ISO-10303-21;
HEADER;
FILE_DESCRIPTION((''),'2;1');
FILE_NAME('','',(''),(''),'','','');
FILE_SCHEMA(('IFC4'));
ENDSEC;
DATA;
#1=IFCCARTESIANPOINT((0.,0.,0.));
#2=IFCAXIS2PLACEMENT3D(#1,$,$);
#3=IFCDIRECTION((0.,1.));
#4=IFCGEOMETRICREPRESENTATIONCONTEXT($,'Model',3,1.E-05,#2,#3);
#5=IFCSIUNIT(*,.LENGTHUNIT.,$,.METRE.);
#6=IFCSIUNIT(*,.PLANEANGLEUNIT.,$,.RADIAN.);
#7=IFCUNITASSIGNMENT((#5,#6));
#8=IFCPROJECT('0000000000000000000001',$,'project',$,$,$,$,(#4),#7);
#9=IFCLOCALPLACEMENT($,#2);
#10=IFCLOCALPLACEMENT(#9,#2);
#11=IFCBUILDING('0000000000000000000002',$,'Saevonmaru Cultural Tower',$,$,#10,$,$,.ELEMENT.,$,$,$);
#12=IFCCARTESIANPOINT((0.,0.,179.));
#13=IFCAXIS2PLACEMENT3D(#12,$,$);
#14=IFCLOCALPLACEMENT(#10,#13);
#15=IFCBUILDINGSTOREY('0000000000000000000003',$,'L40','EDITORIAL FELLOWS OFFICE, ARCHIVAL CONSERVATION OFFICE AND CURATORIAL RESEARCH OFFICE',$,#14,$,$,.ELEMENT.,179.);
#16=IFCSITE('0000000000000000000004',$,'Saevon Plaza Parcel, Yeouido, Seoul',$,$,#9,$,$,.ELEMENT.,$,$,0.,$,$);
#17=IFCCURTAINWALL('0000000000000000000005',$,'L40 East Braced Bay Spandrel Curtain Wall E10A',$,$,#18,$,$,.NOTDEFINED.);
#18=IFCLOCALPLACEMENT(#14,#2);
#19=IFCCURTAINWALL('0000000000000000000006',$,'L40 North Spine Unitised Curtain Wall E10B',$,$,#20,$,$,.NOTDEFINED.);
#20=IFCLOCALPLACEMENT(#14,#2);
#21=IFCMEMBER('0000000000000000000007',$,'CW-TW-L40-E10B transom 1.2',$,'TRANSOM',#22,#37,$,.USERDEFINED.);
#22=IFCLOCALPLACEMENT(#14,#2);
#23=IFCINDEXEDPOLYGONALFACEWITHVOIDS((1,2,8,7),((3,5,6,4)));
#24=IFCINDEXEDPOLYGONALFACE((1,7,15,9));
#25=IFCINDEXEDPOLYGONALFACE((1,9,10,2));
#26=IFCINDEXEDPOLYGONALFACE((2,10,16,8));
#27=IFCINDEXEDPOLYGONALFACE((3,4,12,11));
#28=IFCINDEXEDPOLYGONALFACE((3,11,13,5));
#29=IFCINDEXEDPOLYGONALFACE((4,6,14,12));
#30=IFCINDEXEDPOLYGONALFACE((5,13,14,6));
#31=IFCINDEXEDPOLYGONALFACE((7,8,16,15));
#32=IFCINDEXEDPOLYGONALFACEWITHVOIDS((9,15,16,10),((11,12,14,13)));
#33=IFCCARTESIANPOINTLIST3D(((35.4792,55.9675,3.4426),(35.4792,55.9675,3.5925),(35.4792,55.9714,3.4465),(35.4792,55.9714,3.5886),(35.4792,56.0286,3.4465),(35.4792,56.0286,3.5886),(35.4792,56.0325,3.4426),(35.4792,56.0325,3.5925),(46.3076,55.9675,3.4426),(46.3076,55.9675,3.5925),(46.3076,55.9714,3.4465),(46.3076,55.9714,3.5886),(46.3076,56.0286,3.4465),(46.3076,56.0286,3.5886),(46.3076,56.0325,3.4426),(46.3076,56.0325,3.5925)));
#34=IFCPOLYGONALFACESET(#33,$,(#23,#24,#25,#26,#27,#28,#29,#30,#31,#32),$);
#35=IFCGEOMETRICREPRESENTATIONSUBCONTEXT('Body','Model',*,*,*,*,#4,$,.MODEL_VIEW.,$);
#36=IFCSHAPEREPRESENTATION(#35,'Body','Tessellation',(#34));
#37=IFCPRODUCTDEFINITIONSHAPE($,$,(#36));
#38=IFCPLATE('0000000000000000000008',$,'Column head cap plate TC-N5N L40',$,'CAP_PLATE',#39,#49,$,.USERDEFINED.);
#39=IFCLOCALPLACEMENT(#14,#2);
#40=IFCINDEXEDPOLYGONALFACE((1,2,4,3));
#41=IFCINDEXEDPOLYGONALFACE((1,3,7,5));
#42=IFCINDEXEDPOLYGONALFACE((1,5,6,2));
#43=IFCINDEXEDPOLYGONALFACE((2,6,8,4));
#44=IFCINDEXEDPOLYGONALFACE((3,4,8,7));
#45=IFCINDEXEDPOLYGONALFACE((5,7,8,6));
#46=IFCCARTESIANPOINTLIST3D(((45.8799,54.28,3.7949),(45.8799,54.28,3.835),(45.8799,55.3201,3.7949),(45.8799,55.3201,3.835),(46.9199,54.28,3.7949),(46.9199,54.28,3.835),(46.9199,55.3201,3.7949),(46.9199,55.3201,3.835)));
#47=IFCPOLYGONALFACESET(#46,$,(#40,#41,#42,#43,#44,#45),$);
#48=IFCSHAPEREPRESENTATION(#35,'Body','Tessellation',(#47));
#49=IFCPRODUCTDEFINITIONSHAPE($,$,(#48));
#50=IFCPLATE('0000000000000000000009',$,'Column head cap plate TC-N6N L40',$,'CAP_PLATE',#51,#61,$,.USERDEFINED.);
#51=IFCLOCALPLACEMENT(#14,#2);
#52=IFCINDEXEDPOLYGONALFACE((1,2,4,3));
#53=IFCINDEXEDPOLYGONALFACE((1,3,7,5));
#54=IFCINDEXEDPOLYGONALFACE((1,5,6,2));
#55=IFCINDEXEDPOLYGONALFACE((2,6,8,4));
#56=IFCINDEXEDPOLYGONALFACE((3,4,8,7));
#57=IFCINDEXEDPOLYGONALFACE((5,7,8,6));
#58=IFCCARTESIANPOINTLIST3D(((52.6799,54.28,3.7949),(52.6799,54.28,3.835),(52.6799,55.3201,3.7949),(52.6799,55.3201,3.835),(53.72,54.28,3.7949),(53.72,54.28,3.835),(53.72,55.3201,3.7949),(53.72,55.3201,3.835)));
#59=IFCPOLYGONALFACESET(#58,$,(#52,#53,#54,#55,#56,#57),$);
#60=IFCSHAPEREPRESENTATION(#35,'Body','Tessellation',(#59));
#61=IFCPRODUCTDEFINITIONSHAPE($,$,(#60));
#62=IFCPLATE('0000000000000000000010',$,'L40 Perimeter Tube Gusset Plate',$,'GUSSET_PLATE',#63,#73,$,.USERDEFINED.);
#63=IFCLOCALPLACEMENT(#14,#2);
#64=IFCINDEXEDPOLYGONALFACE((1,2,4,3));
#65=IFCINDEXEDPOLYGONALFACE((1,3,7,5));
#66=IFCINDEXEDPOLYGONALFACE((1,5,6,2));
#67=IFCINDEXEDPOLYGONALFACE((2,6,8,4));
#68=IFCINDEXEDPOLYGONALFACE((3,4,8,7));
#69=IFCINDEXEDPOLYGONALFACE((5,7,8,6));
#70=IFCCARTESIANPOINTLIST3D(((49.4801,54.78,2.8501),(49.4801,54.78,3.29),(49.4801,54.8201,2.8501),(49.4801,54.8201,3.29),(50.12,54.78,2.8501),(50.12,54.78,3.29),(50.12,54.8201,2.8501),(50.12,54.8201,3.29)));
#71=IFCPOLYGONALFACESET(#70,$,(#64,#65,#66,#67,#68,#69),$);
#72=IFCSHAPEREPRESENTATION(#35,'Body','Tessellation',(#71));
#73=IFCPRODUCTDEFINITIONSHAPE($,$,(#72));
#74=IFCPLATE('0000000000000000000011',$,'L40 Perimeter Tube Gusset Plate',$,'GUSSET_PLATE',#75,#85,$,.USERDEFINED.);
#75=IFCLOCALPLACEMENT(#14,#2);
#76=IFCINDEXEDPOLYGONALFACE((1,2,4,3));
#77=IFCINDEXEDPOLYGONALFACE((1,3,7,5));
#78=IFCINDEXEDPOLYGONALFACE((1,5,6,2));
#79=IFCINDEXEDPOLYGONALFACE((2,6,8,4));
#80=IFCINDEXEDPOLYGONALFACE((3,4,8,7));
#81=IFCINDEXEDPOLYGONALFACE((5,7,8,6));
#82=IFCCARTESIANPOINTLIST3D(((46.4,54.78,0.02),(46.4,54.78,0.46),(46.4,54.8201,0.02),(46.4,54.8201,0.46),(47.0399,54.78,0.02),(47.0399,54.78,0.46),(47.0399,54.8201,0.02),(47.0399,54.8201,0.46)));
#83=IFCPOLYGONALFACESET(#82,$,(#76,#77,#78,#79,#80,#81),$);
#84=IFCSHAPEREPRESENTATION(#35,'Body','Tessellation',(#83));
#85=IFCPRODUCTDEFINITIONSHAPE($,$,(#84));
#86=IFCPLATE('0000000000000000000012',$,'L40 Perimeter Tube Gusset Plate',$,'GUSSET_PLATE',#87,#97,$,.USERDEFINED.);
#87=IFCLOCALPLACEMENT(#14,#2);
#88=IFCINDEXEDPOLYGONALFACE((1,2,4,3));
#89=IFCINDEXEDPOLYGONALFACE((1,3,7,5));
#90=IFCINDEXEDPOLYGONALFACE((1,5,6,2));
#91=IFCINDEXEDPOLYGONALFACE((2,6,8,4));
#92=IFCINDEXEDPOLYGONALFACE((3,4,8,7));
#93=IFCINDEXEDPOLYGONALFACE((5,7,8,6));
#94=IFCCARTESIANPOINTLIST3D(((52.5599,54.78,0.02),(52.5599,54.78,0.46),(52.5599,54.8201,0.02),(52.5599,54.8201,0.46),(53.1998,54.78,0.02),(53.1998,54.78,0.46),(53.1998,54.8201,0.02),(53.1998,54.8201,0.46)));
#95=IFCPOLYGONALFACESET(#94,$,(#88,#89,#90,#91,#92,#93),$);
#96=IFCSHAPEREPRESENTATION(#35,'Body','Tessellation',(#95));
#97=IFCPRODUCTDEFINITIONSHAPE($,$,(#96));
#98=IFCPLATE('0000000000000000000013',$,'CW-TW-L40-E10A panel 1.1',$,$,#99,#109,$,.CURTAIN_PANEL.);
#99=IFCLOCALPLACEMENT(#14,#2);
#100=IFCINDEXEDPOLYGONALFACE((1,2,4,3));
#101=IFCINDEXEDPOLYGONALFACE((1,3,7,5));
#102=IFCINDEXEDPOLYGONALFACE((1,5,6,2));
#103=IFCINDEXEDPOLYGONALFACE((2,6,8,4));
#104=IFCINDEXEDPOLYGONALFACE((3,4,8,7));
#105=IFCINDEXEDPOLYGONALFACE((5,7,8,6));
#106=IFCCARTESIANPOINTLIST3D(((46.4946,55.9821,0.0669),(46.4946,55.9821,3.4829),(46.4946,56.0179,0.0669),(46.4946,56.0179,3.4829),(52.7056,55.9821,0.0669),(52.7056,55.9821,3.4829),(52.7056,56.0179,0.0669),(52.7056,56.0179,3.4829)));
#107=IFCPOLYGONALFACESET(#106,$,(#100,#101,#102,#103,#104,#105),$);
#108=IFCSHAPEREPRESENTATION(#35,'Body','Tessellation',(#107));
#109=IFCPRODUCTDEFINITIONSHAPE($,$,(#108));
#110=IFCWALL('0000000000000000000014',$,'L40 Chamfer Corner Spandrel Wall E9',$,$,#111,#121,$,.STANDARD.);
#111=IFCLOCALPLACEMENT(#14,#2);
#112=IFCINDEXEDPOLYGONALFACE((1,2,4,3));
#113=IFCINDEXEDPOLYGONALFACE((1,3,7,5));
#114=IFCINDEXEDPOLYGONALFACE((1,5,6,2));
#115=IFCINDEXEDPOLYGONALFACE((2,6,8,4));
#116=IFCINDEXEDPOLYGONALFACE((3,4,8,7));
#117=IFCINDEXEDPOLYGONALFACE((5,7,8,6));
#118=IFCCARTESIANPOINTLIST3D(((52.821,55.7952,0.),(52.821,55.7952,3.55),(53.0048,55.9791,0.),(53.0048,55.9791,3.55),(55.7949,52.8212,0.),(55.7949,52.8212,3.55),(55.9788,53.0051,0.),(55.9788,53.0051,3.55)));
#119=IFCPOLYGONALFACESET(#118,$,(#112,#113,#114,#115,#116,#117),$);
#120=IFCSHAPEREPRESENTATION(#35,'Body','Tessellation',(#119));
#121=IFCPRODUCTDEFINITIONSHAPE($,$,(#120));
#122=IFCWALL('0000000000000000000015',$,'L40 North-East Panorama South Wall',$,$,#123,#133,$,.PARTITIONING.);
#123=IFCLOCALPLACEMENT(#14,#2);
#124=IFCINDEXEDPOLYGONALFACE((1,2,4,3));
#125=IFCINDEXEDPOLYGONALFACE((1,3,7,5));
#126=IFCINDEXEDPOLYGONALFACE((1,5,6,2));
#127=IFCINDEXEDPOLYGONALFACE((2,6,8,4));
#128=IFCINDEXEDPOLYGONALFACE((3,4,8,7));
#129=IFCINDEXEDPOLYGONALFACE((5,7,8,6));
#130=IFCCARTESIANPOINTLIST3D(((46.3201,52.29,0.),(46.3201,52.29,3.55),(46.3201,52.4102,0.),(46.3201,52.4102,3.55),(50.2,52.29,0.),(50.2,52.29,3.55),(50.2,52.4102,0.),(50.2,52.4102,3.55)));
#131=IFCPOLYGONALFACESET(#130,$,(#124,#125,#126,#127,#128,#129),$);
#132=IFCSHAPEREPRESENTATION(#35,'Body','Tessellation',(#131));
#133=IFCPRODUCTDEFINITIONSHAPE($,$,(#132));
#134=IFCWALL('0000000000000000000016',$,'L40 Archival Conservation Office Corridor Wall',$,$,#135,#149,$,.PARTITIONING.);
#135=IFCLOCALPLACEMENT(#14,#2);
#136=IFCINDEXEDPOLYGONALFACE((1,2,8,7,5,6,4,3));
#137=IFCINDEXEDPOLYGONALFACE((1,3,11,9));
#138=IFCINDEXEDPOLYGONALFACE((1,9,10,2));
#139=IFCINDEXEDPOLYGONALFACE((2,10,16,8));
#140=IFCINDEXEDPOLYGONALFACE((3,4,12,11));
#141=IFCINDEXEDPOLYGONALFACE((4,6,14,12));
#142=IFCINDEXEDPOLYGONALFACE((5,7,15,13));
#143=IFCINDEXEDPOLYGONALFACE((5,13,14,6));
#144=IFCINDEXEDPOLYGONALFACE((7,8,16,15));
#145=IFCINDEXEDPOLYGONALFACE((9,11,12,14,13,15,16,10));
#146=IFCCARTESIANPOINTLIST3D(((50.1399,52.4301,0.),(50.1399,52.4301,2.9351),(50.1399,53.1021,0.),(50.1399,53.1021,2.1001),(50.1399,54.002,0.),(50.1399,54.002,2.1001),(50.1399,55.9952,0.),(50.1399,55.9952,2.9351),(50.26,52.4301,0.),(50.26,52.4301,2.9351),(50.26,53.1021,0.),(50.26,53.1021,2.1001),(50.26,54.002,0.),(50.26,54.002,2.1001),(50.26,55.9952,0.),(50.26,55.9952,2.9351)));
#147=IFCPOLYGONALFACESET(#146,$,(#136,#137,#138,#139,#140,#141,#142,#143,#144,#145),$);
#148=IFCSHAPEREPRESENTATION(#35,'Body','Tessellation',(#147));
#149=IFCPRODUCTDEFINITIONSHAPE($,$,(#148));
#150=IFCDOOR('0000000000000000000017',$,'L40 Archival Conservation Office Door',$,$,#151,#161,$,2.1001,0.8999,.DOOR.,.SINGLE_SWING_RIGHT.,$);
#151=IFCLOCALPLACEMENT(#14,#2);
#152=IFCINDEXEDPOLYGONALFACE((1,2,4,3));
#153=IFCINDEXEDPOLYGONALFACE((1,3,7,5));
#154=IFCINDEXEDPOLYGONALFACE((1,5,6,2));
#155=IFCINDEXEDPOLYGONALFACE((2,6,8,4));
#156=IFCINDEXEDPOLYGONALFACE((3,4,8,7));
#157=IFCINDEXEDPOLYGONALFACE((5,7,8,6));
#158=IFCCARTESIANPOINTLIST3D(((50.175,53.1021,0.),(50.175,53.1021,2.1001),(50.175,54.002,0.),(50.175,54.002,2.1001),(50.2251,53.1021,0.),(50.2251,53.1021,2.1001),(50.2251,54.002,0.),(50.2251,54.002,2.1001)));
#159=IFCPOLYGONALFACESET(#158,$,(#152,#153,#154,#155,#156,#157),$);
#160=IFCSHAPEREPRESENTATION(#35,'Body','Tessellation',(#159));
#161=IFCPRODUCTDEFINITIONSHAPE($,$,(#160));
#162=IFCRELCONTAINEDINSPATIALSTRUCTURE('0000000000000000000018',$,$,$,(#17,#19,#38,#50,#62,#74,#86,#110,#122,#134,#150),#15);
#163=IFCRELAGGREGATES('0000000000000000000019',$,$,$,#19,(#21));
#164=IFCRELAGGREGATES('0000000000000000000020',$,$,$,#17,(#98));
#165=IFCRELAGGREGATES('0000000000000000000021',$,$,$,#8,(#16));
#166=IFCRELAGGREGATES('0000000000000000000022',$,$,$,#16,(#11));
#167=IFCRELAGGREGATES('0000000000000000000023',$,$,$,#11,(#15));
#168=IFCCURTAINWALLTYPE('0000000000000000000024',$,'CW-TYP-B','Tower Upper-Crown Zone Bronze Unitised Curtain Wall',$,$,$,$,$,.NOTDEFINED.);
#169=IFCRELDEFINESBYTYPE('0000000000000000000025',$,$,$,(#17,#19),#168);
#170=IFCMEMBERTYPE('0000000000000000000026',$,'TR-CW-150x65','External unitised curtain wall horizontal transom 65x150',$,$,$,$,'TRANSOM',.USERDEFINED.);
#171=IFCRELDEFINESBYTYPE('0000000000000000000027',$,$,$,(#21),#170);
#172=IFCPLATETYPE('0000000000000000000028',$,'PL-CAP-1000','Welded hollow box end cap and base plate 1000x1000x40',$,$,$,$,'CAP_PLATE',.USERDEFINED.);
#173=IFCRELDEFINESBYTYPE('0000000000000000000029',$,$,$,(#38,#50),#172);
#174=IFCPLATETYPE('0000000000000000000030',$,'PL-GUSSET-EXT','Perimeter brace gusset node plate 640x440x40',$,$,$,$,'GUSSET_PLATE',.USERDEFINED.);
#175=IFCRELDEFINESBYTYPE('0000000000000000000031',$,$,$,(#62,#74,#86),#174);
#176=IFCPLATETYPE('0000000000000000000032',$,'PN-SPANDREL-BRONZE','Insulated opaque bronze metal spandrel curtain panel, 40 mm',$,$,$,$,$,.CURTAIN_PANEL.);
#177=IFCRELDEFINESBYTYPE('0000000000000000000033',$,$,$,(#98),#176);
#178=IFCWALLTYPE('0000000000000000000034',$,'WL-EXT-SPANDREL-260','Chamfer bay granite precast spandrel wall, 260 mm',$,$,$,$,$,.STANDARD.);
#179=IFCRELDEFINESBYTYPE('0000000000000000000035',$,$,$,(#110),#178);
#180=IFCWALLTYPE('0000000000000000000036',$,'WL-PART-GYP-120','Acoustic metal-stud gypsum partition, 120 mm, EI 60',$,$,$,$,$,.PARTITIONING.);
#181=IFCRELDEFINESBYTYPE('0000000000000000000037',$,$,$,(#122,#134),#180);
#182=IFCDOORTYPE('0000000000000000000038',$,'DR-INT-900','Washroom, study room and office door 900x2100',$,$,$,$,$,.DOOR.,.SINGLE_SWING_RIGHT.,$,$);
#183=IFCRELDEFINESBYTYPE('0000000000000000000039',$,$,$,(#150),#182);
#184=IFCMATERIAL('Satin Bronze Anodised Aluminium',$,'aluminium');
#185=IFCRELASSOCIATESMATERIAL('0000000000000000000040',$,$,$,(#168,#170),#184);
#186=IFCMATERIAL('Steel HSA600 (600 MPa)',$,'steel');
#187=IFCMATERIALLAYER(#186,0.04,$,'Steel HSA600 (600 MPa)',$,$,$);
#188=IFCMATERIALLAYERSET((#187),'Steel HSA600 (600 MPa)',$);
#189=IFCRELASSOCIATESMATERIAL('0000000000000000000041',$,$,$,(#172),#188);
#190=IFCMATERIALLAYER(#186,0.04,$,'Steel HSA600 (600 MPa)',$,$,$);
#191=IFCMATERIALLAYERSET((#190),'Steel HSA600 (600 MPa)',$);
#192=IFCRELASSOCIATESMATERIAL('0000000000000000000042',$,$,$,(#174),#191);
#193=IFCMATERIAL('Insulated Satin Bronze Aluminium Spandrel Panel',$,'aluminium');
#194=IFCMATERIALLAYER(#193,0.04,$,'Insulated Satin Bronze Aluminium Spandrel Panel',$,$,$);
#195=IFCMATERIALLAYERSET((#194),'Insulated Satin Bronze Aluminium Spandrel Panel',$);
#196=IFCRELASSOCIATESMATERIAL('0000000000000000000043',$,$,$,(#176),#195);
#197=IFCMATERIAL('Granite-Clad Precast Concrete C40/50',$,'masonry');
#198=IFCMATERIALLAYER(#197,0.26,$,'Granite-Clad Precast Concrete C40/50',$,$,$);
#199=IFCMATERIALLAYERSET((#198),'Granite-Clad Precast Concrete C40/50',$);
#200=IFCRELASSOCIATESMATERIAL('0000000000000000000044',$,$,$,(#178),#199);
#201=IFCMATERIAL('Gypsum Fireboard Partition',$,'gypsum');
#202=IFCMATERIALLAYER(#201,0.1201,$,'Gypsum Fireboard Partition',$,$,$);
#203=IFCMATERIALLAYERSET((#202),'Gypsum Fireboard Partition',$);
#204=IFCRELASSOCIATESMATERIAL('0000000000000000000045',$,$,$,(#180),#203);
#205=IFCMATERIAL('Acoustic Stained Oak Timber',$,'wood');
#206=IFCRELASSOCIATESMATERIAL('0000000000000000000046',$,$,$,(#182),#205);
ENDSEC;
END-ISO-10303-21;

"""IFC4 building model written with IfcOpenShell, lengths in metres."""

from ifc_helpers import new_model, si_unit, direction, frame, frame_2d, origin, origin_2d, place, context, subcontext, project, spatial, rectangle, hollow_rectangle, extrude, material, layer, layer_set, material_profile, profile_set, type_object, element, fill, aggregate, save


model = new_model("IFC4")

# Units and contexts
model_context = context("Model", 3, precision=1e-05, world=origin(), true_north=direction((0.0, 1.0)))
body_context = subcontext(model_context, "Body", "Model", "MODEL_VIEW")
ifc_project = project(units=[si_unit("LENGTHUNIT", "METRE"), si_unit("PLANEANGLEUNIT", "RADIAN")], contexts=[model_context])

# Site, building, storey
site_placement = place(None, origin())
site = spatial("IfcSite", under=ifc_project, at=site_placement, Name="Saevon Plaza Parcel, Yeouido, Seoul", CompositionType="ELEMENT", RefElevation=0.0)
building_placement = place(site_placement, origin())
building = spatial("IfcBuilding", under=site, at=building_placement, Name="Saevonmaru Cultural Tower", CompositionType="ELEMENT")
storey_placement = place(building_placement, frame((0.0, 0.0, 179.0)))
storey = spatial("IfcBuildingStorey", under=building, at=storey_placement, Name="L40", Description="EDITORIAL FELLOWS OFFICE, ARCHIVAL CONSERVATION OFFICE AND CURATORIAL RESEARCH OFFICE", CompositionType="ELEMENT", Elevation=179.0)

# Shared definitions
ifc_material_1 = material(Name="Satin Bronze Anodised Aluminium", Category="aluminium")
curtain_wall_type = type_object("IfcCurtainWallType", Name="CW-TYP-B", Description="Tower Upper-Crown Zone Bronze Unitised Curtain Wall", PredefinedType="NOTDEFINED", material=ifc_material_1)

# Curtain wall
curtain_wall_1_placement = place(storey_placement, origin())
curtain_wall_1 = element("IfcCurtainWall", 1, at=curtain_wall_1_placement, inside=storey, type_object=curtain_wall_type, Name="L40 East Braced Bay Spandrel Curtain Wall E10A", PredefinedType="NOTDEFINED")

# Curtain wall
curtain_wall_2_placement = place(storey_placement, origin())
curtain_wall_2 = element("IfcCurtainWall", 2, at=curtain_wall_2_placement, inside=storey, type_object=curtain_wall_type, Name="L40 North Spine Unitised Curtain Wall E10B", PredefinedType="NOTDEFINED")

# Member
ifc_material_profile_1 = material_profile(ifc_material_1, hollow_rectangle(XDim=0.0649, YDim=0.1499, WallThickness=0.0039, at=origin_2d()), Name="ALU-TRAN-150x65x4")
ifc_profile_set_1 = profile_set([ifc_material_profile_1], Name="Satin Bronze Anodised Aluminium")
member_type_1 = type_object("IfcMemberType", Name="TR-CW-150x65", Description="External unitised curtain wall horizontal transom 65x150", ElementType="TRANSOM", PredefinedType="USERDEFINED", material=ifc_profile_set_1)
member_1_placement = place(storey_placement, frame((46.3076, 56.0, 3.5176), z_axis=(-1.0, 0.0, 0.0), x_axis=(0.0, -1.0, 0.0)))
member_1 = element("IfcMember", 3, at=member_1_placement, type_object=member_type_1, Name="CW-TW-L40-E10B transom 1.2", ObjectType="TRANSOM", PredefinedType="USERDEFINED", context=body_context, shape_type="SweptSolid", body=[
    extrude(hollow_rectangle(XDim=0.0649, YDim=0.1499, WallThickness=0.0039, at=origin_2d()), origin(), (0.0, 0.0, 1.0), 10.8284),
])
aggregate(curtain_wall_2, [member_1])

# Plates
ifc_material_2 = material(Name="Steel HSA600 (600 MPa)", Category="steel")
ifc_layer_1 = layer(ifc_material_2, 0.04, Name="Steel HSA600 (600 MPa)")
ifc_layer_set_1 = layer_set([ifc_layer_1], Name="Steel HSA600 (600 MPa)")
plate_type_1 = type_object("IfcPlateType", Name="PL-CAP-1000", Description="Welded hollow box end cap and base plate 1000x1000x40", ElementType="CAP_PLATE", PredefinedType="USERDEFINED", material=ifc_layer_set_1)
for number, where, z_axis, x_axis, name in (
    (4, (46.3999, 54.8, 3.7949), (0.0, 0.0, 1.0), (1.0, 0.0, 0.0), "Column head cap plate TC-N5N L40"),
    (5, (53.2, 54.8, 3.7949), (0.0, 0.0, 1.0), (1.0, 0.0, 0.0), "Column head cap plate TC-N6N L40"),
):
    element("IfcPlate", number, at=place(storey_placement, frame(where, z_axis=z_axis, x_axis=x_axis)), inside=storey, type_object=plate_type_1, Name=name, ObjectType="CAP_PLATE", PredefinedType="USERDEFINED", context=body_context, shape_type="SweptSolid", body=[
        extrude(rectangle(XDim=1.04, YDim=1.04, at=origin_2d()), origin(), (0.0, 0.0, 1.0), 0.04),
    ])
ifc_layer_2 = layer(ifc_material_2, 0.04, Name="Steel HSA600 (600 MPa)")
ifc_layer_set_2 = layer_set([ifc_layer_2], Name="Steel HSA600 (600 MPa)")
plate_type_2 = type_object("IfcPlateType", Name="PL-GUSSET-EXT", Description="Perimeter brace gusset node plate 640x440x40", ElementType="GUSSET_PLATE", PredefinedType="USERDEFINED", material=ifc_layer_set_2)
for number, where, z_axis, x_axis, name in (
    (6, (49.8, 54.8, 2.8501), (0.0, 0.0, 1.0), (1.0, 0.0, 0.0), "L40 Perimeter Tube Gusset Plate"),
    (7, (46.72, 54.8, 0.02), (0.0, 0.0, 1.0), (1.0, 0.0, 0.0), "L40 Perimeter Tube Gusset Plate"),
    (8, (52.8799, 54.8, 0.02), (0.0, 0.0, 1.0), (1.0, 0.0, 0.0), "L40 Perimeter Tube Gusset Plate"),
):
    element("IfcPlate", number, at=place(storey_placement, frame(where, z_axis=z_axis, x_axis=x_axis)), inside=storey, type_object=plate_type_2, Name=name, ObjectType="GUSSET_PLATE", PredefinedType="USERDEFINED", context=body_context, shape_type="SweptSolid", body=[
        extrude(rectangle(XDim=0.6399, YDim=0.04, at=origin_2d()), origin(), (0.0, 0.0, 1.0), 0.4399),
    ])

# Plate
ifc_material_3 = material(Name="Insulated Satin Bronze Aluminium Spandrel Panel", Category="aluminium")
ifc_layer_3 = layer(ifc_material_3, 0.04, Name="Insulated Satin Bronze Aluminium Spandrel Panel")
ifc_layer_set_3 = layer_set([ifc_layer_3], Name="Insulated Satin Bronze Aluminium Spandrel Panel")
plate_type_3 = type_object("IfcPlateType", Name="PN-SPANDREL-BRONZE", Description="Insulated opaque bronze metal spandrel curtain panel, 40 mm", PredefinedType="CURTAIN_PANEL", material=ifc_layer_set_3)
plate_placement = place(storey_placement, frame((49.6001, 56.0, 0.0669), z_axis=(0.0, 0.0, 1.0), x_axis=(-1.0, 0.0, 0.0)))
plate = element("IfcPlate", 9, at=plate_placement, type_object=plate_type_3, Name="CW-TW-L40-E10A panel 1.1", PredefinedType="CURTAIN_PANEL", context=body_context, shape_type="SweptSolid", body=[
    extrude(rectangle(XDim=6.2109, YDim=0.0359, at=origin_2d()), origin(), (0.0, 0.0, 1.0), 3.416),
])
aggregate(curtain_wall_1, [plate])

# Walls
ifc_material_4 = material(Name="Granite-Clad Precast Concrete C40/50", Category="masonry")
ifc_layer_4 = layer(ifc_material_4, 0.26, Name="Granite-Clad Precast Concrete C40/50")
ifc_layer_set_4 = layer_set([ifc_layer_4], Name="Granite-Clad Precast Concrete C40/50")
wall_type_1 = type_object("IfcWallType", Name="WL-EXT-SPANDREL-260", Description="Chamfer bay granite precast spandrel wall, 260 mm", PredefinedType="STANDARD", material=ifc_layer_set_4)
wall_1_placement = place(storey_placement, frame((55.887, 52.9131, 0.0), z_axis=(0.0, 0.0, 1.0), x_axis=(-0.707107, 0.707107, 0.0)))
element("IfcWall", 10, at=wall_1_placement, inside=storey, type_object=wall_type_1, Name="L40 Chamfer Corner Spandrel Wall E9", PredefinedType="STANDARD", context=body_context, shape_type="SweptSolid", body=[
    extrude(rectangle(XDim=4.2058, YDim=0.26, at=frame_2d((2.103, 0.0))), origin(), (0.0, 0.0, 1.0), 3.55),
])
ifc_material_5 = material(Name="Gypsum Fireboard Partition", Category="gypsum")
ifc_layer_5 = layer(ifc_material_5, 0.1201, Name="Gypsum Fireboard Partition")
ifc_layer_set_5 = layer_set([ifc_layer_5], Name="Gypsum Fireboard Partition")
wall_type_2 = type_object("IfcWallType", Name="WL-PART-GYP-120", Description="Acoustic metal-stud gypsum partition, 120 mm, EI 60", PredefinedType="PARTITIONING", material=ifc_layer_set_5)
wall_2_placement = place(storey_placement, frame((46.3201, 52.3501, 0.0), z_axis=(0.0, 0.0, 1.0), x_axis=(1.0, 0.0, 0.0)))
element("IfcWall", 11, at=wall_2_placement, inside=storey, type_object=wall_type_2, Name="L40 North-East Panorama South Wall", PredefinedType="PARTITIONING", context=body_context, shape_type="SweptSolid", body=[
    extrude(rectangle(XDim=3.8799, YDim=0.1201, at=frame_2d((1.9399, 0.0))), origin(), (0.0, 0.0, 1.0), 3.55),
])

# Wall, opening, door
wall_3_placement = place(storey_placement, frame((50.2, 52.4299, 0.0), z_axis=(0.0, 0.0, 1.0), x_axis=(0.0, 1.0, 0.0)))
wall_3 = element("IfcWall", 12, at=wall_3_placement, inside=storey, type_object=wall_type_2, Name="L40 Archival Conservation Office Corridor Wall", PredefinedType="PARTITIONING", context=body_context, shape_type="SweptSolid", body=[
    extrude(rectangle(XDim=3.5652, YDim=0.1201, at=frame_2d((1.7827, 0.0))), origin(), (0.0, 0.0, 1.0), 2.9351),
])
opening_placement = place(wall_3_placement, frame((0.6721, 0.0, 0.0)))
opening = element("IfcOpeningElement", 13, at=opening_placement, cuts=wall_3, PredefinedType="OPENING", context=body_context, shape_type="SweptSolid", body=[
    extrude(rectangle(XDim=0.8999, YDim=2.1001, at=frame_2d((0.45, 1.05))), frame((0.0, 0.0701, 0.0), z_axis=(0.0, -1.0, 0.0), x_axis=(1.0, 0.0, 0.0)), (0.0, 0.0, 1.0), 0.1401),
])
ifc_material_6 = material(Name="Acoustic Stained Oak Timber", Category="wood")
door_type = type_object("IfcDoorType", Name="DR-INT-900", Description="Washroom, study room and office door 900x2100", OperationType="SINGLE_SWING_RIGHT", PredefinedType="DOOR", material=ifc_material_6)
door_placement = place(opening_placement, origin())
door = element("IfcDoor", 14, at=door_placement, inside=storey, type_object=door_type, Name="L40 Archival Conservation Office Door", OperationType="SINGLE_SWING_RIGHT", OverallHeight=2.1001, OverallWidth=0.8999, PredefinedType="DOOR", context=body_context, shape_type="SweptSolid", body=[
    extrude(rectangle(XDim=0.8999, YDim=2.1001, at=frame_2d((0.45, 1.05))), frame((0.0, 0.0249, 0.0), z_axis=(0.0, -1.0, 0.0), x_axis=(1.0, 0.0, 0.0)), (0.0, 0.0, 1.0), 0.05),
])
fill(opening, door)

save(model, "model.ifc")
